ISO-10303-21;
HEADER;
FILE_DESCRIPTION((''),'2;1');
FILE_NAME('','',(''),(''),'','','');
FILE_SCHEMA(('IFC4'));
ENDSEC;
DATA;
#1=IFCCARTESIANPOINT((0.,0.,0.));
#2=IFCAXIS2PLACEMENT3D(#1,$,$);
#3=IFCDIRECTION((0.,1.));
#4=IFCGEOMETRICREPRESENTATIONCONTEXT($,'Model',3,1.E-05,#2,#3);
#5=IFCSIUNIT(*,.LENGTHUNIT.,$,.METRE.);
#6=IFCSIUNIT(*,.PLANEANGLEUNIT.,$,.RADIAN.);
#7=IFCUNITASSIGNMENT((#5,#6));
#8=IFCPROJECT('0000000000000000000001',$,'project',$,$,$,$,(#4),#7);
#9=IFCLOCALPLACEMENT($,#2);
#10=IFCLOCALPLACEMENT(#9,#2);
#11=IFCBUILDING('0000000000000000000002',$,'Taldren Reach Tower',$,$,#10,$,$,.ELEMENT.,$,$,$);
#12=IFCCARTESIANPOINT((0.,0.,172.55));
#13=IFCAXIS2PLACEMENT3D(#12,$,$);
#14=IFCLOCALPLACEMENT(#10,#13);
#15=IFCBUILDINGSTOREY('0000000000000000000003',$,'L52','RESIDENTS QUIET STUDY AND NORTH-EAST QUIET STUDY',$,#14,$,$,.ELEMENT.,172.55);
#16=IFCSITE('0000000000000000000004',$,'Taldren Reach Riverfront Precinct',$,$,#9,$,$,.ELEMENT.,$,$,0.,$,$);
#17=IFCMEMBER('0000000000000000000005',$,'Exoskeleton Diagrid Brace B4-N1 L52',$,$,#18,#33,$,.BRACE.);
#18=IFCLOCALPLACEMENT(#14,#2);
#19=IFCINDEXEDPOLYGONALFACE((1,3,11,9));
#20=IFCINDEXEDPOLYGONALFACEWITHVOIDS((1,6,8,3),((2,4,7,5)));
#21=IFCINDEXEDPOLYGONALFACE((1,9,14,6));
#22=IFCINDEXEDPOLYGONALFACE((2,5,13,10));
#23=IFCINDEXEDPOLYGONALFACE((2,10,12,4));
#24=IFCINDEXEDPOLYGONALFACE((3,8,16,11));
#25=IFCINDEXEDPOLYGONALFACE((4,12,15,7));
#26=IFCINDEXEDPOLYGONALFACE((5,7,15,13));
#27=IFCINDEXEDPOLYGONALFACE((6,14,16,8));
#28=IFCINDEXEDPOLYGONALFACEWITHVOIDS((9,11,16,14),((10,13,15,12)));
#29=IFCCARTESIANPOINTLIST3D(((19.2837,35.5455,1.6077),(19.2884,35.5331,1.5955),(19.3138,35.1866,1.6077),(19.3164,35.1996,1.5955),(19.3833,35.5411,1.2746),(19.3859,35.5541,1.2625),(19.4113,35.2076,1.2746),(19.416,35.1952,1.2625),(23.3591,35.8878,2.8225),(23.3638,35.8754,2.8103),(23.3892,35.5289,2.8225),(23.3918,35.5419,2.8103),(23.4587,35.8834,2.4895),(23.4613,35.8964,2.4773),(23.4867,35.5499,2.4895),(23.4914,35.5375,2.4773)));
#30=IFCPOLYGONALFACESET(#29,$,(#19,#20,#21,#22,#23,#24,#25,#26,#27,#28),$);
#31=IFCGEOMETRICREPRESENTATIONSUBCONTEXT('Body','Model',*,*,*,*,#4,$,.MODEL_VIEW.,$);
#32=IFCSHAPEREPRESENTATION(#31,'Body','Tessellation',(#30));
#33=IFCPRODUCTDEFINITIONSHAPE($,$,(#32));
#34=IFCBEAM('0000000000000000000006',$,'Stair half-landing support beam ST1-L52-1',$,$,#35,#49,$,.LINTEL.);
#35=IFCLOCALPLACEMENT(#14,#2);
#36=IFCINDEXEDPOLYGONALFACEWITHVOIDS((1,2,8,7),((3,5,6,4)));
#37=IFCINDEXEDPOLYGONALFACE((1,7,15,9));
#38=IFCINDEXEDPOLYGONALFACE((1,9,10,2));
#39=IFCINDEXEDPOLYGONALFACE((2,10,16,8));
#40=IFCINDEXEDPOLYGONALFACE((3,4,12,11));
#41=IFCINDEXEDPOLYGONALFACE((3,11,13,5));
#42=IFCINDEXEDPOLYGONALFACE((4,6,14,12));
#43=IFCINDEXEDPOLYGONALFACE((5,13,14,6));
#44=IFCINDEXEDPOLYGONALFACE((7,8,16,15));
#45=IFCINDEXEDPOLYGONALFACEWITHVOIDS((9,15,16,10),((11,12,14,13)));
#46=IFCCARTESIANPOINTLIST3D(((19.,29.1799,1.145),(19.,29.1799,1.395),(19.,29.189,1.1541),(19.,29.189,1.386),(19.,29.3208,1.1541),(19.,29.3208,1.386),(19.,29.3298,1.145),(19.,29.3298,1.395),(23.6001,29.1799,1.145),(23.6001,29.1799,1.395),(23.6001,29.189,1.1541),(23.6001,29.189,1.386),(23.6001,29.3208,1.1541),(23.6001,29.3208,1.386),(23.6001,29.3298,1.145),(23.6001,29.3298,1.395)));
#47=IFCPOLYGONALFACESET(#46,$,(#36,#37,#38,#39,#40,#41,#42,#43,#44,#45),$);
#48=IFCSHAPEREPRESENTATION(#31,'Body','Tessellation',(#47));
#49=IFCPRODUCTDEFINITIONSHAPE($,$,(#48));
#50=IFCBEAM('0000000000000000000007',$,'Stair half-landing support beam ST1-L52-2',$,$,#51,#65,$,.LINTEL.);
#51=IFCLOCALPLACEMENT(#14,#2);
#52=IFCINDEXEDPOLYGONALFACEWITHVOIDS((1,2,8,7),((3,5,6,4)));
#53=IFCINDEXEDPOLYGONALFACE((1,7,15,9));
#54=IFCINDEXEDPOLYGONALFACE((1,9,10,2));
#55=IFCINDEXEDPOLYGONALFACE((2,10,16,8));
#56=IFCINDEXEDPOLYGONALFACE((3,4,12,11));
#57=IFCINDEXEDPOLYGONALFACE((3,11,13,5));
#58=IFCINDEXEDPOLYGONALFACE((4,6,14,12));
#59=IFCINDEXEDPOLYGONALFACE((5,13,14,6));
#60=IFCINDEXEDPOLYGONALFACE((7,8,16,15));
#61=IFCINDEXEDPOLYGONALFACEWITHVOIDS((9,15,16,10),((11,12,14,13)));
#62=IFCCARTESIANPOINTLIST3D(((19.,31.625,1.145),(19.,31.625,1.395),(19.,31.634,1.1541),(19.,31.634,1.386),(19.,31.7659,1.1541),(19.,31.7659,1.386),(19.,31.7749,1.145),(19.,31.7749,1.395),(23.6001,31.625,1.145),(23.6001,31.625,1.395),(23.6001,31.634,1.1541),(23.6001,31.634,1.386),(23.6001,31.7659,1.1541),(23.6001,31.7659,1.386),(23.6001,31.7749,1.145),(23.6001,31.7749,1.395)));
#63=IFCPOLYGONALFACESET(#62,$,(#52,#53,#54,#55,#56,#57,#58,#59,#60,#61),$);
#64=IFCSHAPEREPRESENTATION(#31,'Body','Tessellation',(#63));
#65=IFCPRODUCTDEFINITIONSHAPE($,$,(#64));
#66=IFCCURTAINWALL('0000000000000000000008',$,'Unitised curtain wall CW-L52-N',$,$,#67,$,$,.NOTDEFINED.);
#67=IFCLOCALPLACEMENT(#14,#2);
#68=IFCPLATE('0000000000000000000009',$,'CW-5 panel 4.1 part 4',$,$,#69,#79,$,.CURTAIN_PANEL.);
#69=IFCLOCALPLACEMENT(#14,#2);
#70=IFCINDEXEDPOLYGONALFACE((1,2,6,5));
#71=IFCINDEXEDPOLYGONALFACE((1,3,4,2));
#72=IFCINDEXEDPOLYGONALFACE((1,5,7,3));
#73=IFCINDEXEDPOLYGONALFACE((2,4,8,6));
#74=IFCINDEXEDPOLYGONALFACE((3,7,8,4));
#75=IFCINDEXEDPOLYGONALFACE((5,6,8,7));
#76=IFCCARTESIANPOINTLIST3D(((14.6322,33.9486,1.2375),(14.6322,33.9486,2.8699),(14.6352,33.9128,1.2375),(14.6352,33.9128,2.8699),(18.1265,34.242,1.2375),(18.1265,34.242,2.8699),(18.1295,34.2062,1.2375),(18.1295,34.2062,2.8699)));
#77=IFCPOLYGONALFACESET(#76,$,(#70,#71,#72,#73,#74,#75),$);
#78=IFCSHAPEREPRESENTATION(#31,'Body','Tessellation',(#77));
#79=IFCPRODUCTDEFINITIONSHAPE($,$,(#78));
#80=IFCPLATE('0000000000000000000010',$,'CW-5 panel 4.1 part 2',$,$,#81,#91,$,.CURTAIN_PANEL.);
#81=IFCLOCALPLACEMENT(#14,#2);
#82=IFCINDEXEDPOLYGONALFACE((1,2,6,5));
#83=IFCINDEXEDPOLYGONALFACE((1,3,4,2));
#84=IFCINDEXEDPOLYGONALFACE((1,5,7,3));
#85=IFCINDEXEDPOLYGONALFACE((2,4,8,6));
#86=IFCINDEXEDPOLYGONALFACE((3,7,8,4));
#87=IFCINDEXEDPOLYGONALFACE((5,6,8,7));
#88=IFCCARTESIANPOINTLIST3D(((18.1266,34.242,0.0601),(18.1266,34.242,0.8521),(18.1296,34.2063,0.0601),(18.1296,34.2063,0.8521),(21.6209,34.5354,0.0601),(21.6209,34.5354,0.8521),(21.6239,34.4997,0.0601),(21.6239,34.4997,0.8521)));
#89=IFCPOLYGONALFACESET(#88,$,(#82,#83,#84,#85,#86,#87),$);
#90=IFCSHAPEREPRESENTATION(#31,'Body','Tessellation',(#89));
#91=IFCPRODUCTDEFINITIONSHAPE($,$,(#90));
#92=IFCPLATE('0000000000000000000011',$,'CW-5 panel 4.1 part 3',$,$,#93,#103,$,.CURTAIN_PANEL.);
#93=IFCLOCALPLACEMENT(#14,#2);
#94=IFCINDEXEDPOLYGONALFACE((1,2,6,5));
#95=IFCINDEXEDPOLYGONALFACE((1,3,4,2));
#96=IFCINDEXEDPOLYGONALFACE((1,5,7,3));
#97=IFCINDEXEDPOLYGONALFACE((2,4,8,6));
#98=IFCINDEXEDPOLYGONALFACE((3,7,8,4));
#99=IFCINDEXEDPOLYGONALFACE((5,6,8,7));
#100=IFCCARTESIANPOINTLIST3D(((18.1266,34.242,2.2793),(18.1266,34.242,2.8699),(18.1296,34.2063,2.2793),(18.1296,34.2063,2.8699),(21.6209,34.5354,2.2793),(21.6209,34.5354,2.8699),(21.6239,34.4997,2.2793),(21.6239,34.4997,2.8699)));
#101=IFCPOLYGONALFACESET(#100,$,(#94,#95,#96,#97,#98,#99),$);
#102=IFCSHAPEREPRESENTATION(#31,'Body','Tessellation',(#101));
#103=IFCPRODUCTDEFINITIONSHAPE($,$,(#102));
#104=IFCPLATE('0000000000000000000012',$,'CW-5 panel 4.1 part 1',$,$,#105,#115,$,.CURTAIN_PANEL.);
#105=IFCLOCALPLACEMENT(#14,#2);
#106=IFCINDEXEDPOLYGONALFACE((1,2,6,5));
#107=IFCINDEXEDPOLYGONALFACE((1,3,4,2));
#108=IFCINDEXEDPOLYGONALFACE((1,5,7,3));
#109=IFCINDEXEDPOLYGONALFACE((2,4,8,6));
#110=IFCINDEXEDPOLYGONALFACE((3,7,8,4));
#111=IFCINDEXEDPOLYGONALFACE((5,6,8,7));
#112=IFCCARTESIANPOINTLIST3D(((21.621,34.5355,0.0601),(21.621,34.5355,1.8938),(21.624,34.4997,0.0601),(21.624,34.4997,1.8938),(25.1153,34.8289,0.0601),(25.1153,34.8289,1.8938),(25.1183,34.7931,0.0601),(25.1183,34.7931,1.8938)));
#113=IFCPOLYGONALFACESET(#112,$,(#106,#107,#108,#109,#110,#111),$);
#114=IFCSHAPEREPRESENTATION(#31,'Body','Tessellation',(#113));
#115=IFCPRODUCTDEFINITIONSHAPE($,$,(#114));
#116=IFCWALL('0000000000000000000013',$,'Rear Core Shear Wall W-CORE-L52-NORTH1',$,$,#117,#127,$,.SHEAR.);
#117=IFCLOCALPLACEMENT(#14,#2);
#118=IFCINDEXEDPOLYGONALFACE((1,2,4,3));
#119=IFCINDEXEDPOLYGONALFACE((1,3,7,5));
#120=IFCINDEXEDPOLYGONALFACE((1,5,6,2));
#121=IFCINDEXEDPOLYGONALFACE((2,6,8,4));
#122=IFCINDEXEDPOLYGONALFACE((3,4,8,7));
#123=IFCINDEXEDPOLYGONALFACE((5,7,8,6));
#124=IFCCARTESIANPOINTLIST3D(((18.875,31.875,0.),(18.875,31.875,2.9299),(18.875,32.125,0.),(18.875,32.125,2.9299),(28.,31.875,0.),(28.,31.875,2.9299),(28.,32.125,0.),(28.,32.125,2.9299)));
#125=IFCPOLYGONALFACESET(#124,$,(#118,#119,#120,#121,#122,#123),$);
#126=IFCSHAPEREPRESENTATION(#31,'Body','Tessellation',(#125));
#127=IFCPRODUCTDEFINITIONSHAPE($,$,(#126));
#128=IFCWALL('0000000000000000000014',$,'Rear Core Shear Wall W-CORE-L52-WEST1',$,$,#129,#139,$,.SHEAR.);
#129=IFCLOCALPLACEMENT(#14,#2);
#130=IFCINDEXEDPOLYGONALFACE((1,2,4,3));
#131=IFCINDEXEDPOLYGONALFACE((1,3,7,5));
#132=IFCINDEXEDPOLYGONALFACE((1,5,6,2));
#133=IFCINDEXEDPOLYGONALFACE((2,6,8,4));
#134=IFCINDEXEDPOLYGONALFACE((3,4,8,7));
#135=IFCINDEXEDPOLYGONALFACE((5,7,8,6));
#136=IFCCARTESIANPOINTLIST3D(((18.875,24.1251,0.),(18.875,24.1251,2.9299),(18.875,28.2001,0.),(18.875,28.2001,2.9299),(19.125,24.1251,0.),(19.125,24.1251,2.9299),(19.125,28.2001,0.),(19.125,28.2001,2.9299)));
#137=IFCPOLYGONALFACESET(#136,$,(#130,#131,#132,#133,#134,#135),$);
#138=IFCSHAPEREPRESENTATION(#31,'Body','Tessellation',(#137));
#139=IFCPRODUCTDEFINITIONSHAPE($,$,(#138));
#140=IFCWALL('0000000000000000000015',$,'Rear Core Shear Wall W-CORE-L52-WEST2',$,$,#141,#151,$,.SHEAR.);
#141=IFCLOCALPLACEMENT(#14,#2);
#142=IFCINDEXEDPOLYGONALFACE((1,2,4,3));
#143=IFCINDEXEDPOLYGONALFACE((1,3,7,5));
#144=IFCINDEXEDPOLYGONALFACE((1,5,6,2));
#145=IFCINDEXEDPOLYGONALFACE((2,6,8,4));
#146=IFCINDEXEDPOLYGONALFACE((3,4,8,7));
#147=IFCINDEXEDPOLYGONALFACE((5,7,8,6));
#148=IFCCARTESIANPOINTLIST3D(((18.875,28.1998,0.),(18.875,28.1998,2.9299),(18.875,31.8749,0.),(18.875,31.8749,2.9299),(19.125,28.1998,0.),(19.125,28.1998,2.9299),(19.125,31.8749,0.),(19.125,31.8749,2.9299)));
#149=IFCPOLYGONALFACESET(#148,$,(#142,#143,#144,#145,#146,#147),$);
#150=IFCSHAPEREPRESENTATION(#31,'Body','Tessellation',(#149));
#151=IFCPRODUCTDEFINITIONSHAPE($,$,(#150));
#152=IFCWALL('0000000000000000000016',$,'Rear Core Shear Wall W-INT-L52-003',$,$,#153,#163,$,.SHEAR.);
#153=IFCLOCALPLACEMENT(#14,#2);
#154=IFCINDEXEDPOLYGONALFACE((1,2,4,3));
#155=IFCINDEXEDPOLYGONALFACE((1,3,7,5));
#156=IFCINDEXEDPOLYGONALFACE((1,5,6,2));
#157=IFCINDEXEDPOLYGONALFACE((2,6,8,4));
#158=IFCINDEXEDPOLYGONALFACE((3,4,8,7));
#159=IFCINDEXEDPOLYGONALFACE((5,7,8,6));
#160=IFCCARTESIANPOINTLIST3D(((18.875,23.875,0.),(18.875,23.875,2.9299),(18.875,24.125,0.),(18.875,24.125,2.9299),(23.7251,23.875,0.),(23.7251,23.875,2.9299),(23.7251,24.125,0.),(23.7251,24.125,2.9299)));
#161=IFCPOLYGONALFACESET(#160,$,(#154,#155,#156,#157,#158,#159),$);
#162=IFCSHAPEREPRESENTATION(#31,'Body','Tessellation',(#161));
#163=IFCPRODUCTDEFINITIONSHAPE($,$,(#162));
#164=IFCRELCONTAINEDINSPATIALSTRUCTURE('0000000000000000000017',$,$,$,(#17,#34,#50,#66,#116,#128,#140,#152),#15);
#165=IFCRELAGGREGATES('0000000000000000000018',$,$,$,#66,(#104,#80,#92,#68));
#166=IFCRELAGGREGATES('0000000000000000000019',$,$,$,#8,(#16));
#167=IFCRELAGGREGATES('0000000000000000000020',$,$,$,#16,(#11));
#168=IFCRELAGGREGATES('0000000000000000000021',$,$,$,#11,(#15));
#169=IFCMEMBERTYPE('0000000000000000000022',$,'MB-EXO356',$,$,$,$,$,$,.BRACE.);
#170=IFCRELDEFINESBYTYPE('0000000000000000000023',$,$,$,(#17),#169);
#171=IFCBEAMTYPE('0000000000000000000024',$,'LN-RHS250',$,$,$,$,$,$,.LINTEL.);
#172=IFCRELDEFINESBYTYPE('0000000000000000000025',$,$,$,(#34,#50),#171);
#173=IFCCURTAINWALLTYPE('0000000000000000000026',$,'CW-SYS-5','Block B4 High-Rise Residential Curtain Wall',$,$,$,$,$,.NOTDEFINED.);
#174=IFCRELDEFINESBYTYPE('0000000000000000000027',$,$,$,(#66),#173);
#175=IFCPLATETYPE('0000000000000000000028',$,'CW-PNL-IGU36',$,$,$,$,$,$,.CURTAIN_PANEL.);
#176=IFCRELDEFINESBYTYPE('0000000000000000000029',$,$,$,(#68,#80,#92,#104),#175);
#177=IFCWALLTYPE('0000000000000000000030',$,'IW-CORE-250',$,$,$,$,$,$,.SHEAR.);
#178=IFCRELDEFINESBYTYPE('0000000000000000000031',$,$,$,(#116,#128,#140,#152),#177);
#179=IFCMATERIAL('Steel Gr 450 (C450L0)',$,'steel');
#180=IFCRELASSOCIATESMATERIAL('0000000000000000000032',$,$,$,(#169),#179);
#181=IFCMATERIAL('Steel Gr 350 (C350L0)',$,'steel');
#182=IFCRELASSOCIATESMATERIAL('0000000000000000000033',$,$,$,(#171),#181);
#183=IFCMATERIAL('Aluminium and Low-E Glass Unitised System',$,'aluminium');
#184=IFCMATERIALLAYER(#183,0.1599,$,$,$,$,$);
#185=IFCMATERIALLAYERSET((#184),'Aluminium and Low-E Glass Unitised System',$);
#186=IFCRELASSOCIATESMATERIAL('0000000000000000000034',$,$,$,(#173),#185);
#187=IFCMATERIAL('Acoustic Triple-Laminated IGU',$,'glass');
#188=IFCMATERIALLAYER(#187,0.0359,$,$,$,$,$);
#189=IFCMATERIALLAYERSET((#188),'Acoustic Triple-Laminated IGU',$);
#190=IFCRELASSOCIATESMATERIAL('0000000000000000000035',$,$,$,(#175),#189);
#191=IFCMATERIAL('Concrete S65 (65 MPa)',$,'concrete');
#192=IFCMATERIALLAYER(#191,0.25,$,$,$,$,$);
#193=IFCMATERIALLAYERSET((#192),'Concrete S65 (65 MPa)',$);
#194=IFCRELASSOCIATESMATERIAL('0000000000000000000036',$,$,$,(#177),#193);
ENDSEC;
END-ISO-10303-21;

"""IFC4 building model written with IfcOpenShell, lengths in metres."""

from ifc_helpers import new_model, si_unit, direction, frame, frame_2d, origin, origin_2d, place, context, subcontext, project, spatial, rectangle, hollow_rectangle, extrude, source, transform, mapped, material, layer, layer_set, material_profile, profile_set, type_object, element, aggregate, save


model = new_model("IFC4")

# Units and contexts
model_context = context("Model", 3, precision=1e-05, world=origin(), true_north=direction((0.0, 1.0)))
body_context = subcontext(model_context, "Body", "Model", "MODEL_VIEW")
ifc_project = project(units=[si_unit("LENGTHUNIT", "METRE"), si_unit("PLANEANGLEUNIT", "RADIAN")], contexts=[model_context])

# Site, building, storey
site_placement = place(None, origin())
site = spatial("IfcSite", under=ifc_project, at=site_placement, Name="Taldren Reach Riverfront Precinct", CompositionType="ELEMENT", RefElevation=0.0)
building_placement = place(site_placement, origin())
building = spatial("IfcBuilding", under=site, at=building_placement, Name="Taldren Reach Tower", CompositionType="ELEMENT")
storey_placement = place(building_placement, frame((0.0, 0.0, 172.55)))
storey = spatial("IfcBuildingStorey", under=building, at=storey_placement, Name="L52", Description="RESIDENTS QUIET STUDY AND NORTH-EAST QUIET STUDY", CompositionType="ELEMENT", Elevation=172.55)

# Shared definitions
ifc_material_1 = material(Name="Steel Gr 450 (C450L0)", Category="steel")

# Shared definitions
ifc_material_2 = material(Name="Steel Gr 350 (C350L0)", Category="steel")

# Member
ifc_material_profile_1 = material_profile(ifc_material_1, hollow_rectangle(XDim=0.3601, YDim=0.3601, WallThickness=0.0127, at=origin_2d()), Name="360x360x12.7SHS")
ifc_profile_set_1 = profile_set([ifc_material_profile_1], Name="Steel Gr 450 (C450L0)")
member_type_1 = type_object("IfcMemberType", Name="MB-EXO356", PredefinedType="BRACE", material=ifc_profile_set_1)
shared_shape_1 = source(origin(), body_context, "Body", "SweptSolid", [
    extrude(hollow_rectangle(XDim=0.3601, YDim=0.3601, WallThickness=0.0127, at=origin_2d()), origin(), (0.0, 0.0, 1.0), 4.2664),
])
member_1_placement = place(storey_placement, frame((19.3499, 35.3704, 1.4351), z_axis=(0.95524, 0.080228, 0.284746), x_axis=(-0.083693, 0.996492, 0.0)))
element("IfcMember", 1, at=member_1_placement, inside=storey, type_object=member_type_1, Name="Exoskeleton Diagrid Brace B4-N1 L52", PredefinedType="BRACE", context=body_context, shape_type="MappedRepresentation", body=[
    mapped(shared_shape_1, transform((0.0, 0.0, 0.0), scale=1.0)),
])

# Beams
ifc_material_profile_2 = material_profile(ifc_material_2, hollow_rectangle(XDim=0.1499, YDim=0.25, WallThickness=0.009, at=origin_2d()), Name="250x150x9.0RHS")
ifc_profile_set_2 = profile_set([ifc_material_profile_2], Name="Steel Gr 350 (C350L0)")
beam_type_1 = type_object("IfcBeamType", Name="LN-RHS250", PredefinedType="LINTEL", material=ifc_profile_set_2)
shared_shape_2 = source(origin(), body_context, "Body", "SweptSolid", [
    extrude(hollow_rectangle(XDim=0.1499, YDim=0.25, WallThickness=0.009, at=origin_2d()), origin(), (0.0, 0.0, 1.0), 4.6001),
])
for number, where, z_axis, x_axis, name in (
    (2, (19.0, 29.2549, 1.27), (1.0, 0.0, 0.0), (0.0, 1.0, 0.0), "Stair half-landing support beam ST1-L52-1"),
    (3, (19.0, 31.7, 1.27), (1.0, 0.0, 0.0), (0.0, 1.0, 0.0), "Stair half-landing support beam ST1-L52-2"),
):
    element("IfcBeam", number, at=place(storey_placement, frame(where, z_axis=z_axis, x_axis=x_axis)), inside=storey, type_object=beam_type_1, Name=name, PredefinedType="LINTEL", context=body_context, shape_type="MappedRepresentation", body=[
        mapped(shared_shape_2, transform((0.0, 0.0, 0.0), scale=1.0)),
    ])

# Curtain wall, plates
ifc_material_3 = material(Name="Aluminium and Low-E Glass Unitised System", Category="aluminium")
ifc_layer_1 = layer(ifc_material_3, 0.1599)
ifc_layer_set_1 = layer_set([ifc_layer_1], Name="Aluminium and Low-E Glass Unitised System")
curtain_wall_type = type_object("IfcCurtainWallType", Name="CW-SYS-5", Description="Block B4 High-Rise Residential Curtain Wall", PredefinedType="NOTDEFINED", material=ifc_layer_set_1)
curtain_wall_placement = place(storey_placement, origin())
curtain_wall = element("IfcCurtainWall", 4, at=curtain_wall_placement, inside=storey, type_object=curtain_wall_type, Name="Unitised curtain wall CW-L52-N", PredefinedType="NOTDEFINED")
ifc_material_4 = material(Name="Acoustic Triple-Laminated IGU", Category="glass")
ifc_layer_2 = layer(ifc_material_4, 0.0359)
ifc_layer_set_2 = layer_set([ifc_layer_2], Name="Acoustic Triple-Laminated IGU")
plate_type = type_object("IfcPlateType", Name="CW-PNL-IGU36", PredefinedType="CURTAIN_PANEL", material=ifc_layer_set_2)
shared_shape_3 = source(origin(), body_context, "Body", "SweptSolid", [
    extrude(rectangle(XDim=3.5066, YDim=0.0359, at=origin_2d()), origin(), (0.0, 0.0, 1.0), 1.6323),
])
plate_1_placement = place(storey_placement, frame((16.3809, 34.0774, 1.2375), z_axis=(0.0, 0.0, 1.0), x_axis=(-0.996493, -0.083678, 0.0)))
plate_1 = element("IfcPlate", 5, at=plate_1_placement, type_object=plate_type, Name="CW-5 panel 4.1 part 4", PredefinedType="CURTAIN_PANEL", context=body_context, shape_type="MappedRepresentation", body=[
    mapped(shared_shape_3, transform((0.0, 0.0, 0.0), scale=1.0)),
])
shared_shape_4 = source(origin(), body_context, "Body", "SweptSolid", [
    extrude(rectangle(XDim=3.5066, YDim=0.0359, at=origin_2d()), origin(), (0.0, 0.0, 1.0), 0.792),
])
plate_2_placement = place(storey_placement, frame((19.8752, 34.3708, 0.0601), z_axis=(0.0, 0.0, 1.0), x_axis=(-0.996493, -0.083678, 0.0)))
plate_2 = element("IfcPlate", 6, at=plate_2_placement, type_object=plate_type, Name="CW-5 panel 4.1 part 2", PredefinedType="CURTAIN_PANEL", context=body_context, shape_type="MappedRepresentation", body=[
    mapped(shared_shape_4, transform((0.0, 0.0, 0.0), scale=1.0)),
])
shared_shape_5 = source(origin(), body_context, "Body", "SweptSolid", [
    extrude(rectangle(XDim=3.5066, YDim=0.0359, at=origin_2d()), origin(), (0.0, 0.0, 1.0), 0.5906),
])
plate_3_placement = place(storey_placement, frame((19.8752, 34.3708, 2.2793), z_axis=(0.0, 0.0, 1.0), x_axis=(-0.996493, -0.083678, 0.0)))
plate_3 = element("IfcPlate", 7, at=plate_3_placement, type_object=plate_type, Name="CW-5 panel 4.1 part 3", PredefinedType="CURTAIN_PANEL", context=body_context, shape_type="MappedRepresentation", body=[
    mapped(shared_shape_5, transform((0.0, 0.0, 0.0), scale=1.0)),
])
shared_shape_6 = source(origin(), body_context, "Body", "SweptSolid", [
    extrude(rectangle(XDim=3.5066, YDim=0.0359, at=origin_2d()), origin(), (0.0, 0.0, 1.0), 1.8337),
])
plate_4_placement = place(storey_placement, frame((23.3696, 34.6643, 0.0601), z_axis=(0.0, 0.0, 1.0), x_axis=(-0.996493, -0.083678, 0.0)))
plate_4 = element("IfcPlate", 8, at=plate_4_placement, type_object=plate_type, Name="CW-5 panel 4.1 part 1", PredefinedType="CURTAIN_PANEL", context=body_context, shape_type="MappedRepresentation", body=[
    mapped(shared_shape_6, transform((0.0, 0.0, 0.0), scale=1.0)),
])
aggregate(curtain_wall, [plate_4, plate_2, plate_3, plate_1])

# Walls
ifc_material_5 = material(Name="Concrete S65 (65 MPa)", Category="concrete")
ifc_layer_3 = layer(ifc_material_5, 0.25)
ifc_layer_set_3 = layer_set([ifc_layer_3], Name="Concrete S65 (65 MPa)")
wall_type = type_object("IfcWallType", Name="IW-CORE-250", PredefinedType="SHEAR", material=ifc_layer_set_3)
shared_shape_7 = source(origin(), body_context, "Body", "SweptSolid", [
    extrude(rectangle(XDim=9.125, YDim=0.25, at=frame_2d((4.5625, 0.0))), origin(), (0.0, 0.0, 1.0), 2.9299),
])
wall_1_placement = place(storey_placement, frame((18.875, 32.0, 0.0), z_axis=(0.0, 0.0, 1.0), x_axis=(1.0, 0.0, 0.0)))
element("IfcWall", 9, at=wall_1_placement, inside=storey, type_object=wall_type, Name="Rear Core Shear Wall W-CORE-L52-NORTH1", PredefinedType="SHEAR", context=body_context, shape_type="MappedRepresentation", body=[
    mapped(shared_shape_7, transform((0.0, 0.0, 0.0), scale=1.0)),
])
shared_shape_8 = source(origin(), body_context, "Body", "SweptSolid", [
    extrude(rectangle(XDim=4.075, YDim=0.25, at=frame_2d((2.0376, 0.0))), origin(), (0.0, 0.0, 1.0), 2.9299),
])
wall_2_placement = place(storey_placement, frame((19.0, 24.125, 0.0), z_axis=(0.0, 0.0, 1.0), x_axis=(0.0, 1.0, 0.0)))
element("IfcWall", 10, at=wall_2_placement, inside=storey, type_object=wall_type, Name="Rear Core Shear Wall W-CORE-L52-WEST1", PredefinedType="SHEAR", context=body_context, shape_type="MappedRepresentation", body=[
    mapped(shared_shape_8, transform((0.0, 0.0, 0.0), scale=1.0)),
])
shared_shape_9 = source(origin(), body_context, "Body", "SweptSolid", [
    extrude(rectangle(XDim=3.675, YDim=0.25, at=frame_2d((1.8374, 0.0))), origin(), (0.0, 0.0, 1.0), 2.9299),
])
wall_3_placement = place(storey_placement, frame((19.0, 28.2, 0.0), z_axis=(0.0, 0.0, 1.0), x_axis=(0.0, 1.0, 0.0)))
element("IfcWall", 11, at=wall_3_placement, inside=storey, type_object=wall_type, Name="Rear Core Shear Wall W-CORE-L52-WEST2", PredefinedType="SHEAR", context=body_context, shape_type="MappedRepresentation", body=[
    mapped(shared_shape_9, transform((0.0, 0.0, 0.0), scale=1.0)),
])
shared_shape_10 = source(origin(), body_context, "Body", "SweptSolid", [
    extrude(rectangle(XDim=4.8501, YDim=0.25, at=frame_2d((2.425, 0.0))), origin(), (0.0, 0.0, 1.0), 2.9299),
])
wall_4_placement = place(storey_placement, frame((18.875, 24.0, 0.0), z_axis=(0.0, 0.0, 1.0), x_axis=(1.0, 0.0, 0.0)))
element("IfcWall", 12, at=wall_4_placement, inside=storey, type_object=wall_type, Name="Rear Core Shear Wall W-INT-L52-003", PredefinedType="SHEAR", context=body_context, shape_type="MappedRepresentation", body=[
    mapped(shared_shape_10, transform((0.0, 0.0, 0.0), scale=1.0)),
])

save(model, "model.ifc")
